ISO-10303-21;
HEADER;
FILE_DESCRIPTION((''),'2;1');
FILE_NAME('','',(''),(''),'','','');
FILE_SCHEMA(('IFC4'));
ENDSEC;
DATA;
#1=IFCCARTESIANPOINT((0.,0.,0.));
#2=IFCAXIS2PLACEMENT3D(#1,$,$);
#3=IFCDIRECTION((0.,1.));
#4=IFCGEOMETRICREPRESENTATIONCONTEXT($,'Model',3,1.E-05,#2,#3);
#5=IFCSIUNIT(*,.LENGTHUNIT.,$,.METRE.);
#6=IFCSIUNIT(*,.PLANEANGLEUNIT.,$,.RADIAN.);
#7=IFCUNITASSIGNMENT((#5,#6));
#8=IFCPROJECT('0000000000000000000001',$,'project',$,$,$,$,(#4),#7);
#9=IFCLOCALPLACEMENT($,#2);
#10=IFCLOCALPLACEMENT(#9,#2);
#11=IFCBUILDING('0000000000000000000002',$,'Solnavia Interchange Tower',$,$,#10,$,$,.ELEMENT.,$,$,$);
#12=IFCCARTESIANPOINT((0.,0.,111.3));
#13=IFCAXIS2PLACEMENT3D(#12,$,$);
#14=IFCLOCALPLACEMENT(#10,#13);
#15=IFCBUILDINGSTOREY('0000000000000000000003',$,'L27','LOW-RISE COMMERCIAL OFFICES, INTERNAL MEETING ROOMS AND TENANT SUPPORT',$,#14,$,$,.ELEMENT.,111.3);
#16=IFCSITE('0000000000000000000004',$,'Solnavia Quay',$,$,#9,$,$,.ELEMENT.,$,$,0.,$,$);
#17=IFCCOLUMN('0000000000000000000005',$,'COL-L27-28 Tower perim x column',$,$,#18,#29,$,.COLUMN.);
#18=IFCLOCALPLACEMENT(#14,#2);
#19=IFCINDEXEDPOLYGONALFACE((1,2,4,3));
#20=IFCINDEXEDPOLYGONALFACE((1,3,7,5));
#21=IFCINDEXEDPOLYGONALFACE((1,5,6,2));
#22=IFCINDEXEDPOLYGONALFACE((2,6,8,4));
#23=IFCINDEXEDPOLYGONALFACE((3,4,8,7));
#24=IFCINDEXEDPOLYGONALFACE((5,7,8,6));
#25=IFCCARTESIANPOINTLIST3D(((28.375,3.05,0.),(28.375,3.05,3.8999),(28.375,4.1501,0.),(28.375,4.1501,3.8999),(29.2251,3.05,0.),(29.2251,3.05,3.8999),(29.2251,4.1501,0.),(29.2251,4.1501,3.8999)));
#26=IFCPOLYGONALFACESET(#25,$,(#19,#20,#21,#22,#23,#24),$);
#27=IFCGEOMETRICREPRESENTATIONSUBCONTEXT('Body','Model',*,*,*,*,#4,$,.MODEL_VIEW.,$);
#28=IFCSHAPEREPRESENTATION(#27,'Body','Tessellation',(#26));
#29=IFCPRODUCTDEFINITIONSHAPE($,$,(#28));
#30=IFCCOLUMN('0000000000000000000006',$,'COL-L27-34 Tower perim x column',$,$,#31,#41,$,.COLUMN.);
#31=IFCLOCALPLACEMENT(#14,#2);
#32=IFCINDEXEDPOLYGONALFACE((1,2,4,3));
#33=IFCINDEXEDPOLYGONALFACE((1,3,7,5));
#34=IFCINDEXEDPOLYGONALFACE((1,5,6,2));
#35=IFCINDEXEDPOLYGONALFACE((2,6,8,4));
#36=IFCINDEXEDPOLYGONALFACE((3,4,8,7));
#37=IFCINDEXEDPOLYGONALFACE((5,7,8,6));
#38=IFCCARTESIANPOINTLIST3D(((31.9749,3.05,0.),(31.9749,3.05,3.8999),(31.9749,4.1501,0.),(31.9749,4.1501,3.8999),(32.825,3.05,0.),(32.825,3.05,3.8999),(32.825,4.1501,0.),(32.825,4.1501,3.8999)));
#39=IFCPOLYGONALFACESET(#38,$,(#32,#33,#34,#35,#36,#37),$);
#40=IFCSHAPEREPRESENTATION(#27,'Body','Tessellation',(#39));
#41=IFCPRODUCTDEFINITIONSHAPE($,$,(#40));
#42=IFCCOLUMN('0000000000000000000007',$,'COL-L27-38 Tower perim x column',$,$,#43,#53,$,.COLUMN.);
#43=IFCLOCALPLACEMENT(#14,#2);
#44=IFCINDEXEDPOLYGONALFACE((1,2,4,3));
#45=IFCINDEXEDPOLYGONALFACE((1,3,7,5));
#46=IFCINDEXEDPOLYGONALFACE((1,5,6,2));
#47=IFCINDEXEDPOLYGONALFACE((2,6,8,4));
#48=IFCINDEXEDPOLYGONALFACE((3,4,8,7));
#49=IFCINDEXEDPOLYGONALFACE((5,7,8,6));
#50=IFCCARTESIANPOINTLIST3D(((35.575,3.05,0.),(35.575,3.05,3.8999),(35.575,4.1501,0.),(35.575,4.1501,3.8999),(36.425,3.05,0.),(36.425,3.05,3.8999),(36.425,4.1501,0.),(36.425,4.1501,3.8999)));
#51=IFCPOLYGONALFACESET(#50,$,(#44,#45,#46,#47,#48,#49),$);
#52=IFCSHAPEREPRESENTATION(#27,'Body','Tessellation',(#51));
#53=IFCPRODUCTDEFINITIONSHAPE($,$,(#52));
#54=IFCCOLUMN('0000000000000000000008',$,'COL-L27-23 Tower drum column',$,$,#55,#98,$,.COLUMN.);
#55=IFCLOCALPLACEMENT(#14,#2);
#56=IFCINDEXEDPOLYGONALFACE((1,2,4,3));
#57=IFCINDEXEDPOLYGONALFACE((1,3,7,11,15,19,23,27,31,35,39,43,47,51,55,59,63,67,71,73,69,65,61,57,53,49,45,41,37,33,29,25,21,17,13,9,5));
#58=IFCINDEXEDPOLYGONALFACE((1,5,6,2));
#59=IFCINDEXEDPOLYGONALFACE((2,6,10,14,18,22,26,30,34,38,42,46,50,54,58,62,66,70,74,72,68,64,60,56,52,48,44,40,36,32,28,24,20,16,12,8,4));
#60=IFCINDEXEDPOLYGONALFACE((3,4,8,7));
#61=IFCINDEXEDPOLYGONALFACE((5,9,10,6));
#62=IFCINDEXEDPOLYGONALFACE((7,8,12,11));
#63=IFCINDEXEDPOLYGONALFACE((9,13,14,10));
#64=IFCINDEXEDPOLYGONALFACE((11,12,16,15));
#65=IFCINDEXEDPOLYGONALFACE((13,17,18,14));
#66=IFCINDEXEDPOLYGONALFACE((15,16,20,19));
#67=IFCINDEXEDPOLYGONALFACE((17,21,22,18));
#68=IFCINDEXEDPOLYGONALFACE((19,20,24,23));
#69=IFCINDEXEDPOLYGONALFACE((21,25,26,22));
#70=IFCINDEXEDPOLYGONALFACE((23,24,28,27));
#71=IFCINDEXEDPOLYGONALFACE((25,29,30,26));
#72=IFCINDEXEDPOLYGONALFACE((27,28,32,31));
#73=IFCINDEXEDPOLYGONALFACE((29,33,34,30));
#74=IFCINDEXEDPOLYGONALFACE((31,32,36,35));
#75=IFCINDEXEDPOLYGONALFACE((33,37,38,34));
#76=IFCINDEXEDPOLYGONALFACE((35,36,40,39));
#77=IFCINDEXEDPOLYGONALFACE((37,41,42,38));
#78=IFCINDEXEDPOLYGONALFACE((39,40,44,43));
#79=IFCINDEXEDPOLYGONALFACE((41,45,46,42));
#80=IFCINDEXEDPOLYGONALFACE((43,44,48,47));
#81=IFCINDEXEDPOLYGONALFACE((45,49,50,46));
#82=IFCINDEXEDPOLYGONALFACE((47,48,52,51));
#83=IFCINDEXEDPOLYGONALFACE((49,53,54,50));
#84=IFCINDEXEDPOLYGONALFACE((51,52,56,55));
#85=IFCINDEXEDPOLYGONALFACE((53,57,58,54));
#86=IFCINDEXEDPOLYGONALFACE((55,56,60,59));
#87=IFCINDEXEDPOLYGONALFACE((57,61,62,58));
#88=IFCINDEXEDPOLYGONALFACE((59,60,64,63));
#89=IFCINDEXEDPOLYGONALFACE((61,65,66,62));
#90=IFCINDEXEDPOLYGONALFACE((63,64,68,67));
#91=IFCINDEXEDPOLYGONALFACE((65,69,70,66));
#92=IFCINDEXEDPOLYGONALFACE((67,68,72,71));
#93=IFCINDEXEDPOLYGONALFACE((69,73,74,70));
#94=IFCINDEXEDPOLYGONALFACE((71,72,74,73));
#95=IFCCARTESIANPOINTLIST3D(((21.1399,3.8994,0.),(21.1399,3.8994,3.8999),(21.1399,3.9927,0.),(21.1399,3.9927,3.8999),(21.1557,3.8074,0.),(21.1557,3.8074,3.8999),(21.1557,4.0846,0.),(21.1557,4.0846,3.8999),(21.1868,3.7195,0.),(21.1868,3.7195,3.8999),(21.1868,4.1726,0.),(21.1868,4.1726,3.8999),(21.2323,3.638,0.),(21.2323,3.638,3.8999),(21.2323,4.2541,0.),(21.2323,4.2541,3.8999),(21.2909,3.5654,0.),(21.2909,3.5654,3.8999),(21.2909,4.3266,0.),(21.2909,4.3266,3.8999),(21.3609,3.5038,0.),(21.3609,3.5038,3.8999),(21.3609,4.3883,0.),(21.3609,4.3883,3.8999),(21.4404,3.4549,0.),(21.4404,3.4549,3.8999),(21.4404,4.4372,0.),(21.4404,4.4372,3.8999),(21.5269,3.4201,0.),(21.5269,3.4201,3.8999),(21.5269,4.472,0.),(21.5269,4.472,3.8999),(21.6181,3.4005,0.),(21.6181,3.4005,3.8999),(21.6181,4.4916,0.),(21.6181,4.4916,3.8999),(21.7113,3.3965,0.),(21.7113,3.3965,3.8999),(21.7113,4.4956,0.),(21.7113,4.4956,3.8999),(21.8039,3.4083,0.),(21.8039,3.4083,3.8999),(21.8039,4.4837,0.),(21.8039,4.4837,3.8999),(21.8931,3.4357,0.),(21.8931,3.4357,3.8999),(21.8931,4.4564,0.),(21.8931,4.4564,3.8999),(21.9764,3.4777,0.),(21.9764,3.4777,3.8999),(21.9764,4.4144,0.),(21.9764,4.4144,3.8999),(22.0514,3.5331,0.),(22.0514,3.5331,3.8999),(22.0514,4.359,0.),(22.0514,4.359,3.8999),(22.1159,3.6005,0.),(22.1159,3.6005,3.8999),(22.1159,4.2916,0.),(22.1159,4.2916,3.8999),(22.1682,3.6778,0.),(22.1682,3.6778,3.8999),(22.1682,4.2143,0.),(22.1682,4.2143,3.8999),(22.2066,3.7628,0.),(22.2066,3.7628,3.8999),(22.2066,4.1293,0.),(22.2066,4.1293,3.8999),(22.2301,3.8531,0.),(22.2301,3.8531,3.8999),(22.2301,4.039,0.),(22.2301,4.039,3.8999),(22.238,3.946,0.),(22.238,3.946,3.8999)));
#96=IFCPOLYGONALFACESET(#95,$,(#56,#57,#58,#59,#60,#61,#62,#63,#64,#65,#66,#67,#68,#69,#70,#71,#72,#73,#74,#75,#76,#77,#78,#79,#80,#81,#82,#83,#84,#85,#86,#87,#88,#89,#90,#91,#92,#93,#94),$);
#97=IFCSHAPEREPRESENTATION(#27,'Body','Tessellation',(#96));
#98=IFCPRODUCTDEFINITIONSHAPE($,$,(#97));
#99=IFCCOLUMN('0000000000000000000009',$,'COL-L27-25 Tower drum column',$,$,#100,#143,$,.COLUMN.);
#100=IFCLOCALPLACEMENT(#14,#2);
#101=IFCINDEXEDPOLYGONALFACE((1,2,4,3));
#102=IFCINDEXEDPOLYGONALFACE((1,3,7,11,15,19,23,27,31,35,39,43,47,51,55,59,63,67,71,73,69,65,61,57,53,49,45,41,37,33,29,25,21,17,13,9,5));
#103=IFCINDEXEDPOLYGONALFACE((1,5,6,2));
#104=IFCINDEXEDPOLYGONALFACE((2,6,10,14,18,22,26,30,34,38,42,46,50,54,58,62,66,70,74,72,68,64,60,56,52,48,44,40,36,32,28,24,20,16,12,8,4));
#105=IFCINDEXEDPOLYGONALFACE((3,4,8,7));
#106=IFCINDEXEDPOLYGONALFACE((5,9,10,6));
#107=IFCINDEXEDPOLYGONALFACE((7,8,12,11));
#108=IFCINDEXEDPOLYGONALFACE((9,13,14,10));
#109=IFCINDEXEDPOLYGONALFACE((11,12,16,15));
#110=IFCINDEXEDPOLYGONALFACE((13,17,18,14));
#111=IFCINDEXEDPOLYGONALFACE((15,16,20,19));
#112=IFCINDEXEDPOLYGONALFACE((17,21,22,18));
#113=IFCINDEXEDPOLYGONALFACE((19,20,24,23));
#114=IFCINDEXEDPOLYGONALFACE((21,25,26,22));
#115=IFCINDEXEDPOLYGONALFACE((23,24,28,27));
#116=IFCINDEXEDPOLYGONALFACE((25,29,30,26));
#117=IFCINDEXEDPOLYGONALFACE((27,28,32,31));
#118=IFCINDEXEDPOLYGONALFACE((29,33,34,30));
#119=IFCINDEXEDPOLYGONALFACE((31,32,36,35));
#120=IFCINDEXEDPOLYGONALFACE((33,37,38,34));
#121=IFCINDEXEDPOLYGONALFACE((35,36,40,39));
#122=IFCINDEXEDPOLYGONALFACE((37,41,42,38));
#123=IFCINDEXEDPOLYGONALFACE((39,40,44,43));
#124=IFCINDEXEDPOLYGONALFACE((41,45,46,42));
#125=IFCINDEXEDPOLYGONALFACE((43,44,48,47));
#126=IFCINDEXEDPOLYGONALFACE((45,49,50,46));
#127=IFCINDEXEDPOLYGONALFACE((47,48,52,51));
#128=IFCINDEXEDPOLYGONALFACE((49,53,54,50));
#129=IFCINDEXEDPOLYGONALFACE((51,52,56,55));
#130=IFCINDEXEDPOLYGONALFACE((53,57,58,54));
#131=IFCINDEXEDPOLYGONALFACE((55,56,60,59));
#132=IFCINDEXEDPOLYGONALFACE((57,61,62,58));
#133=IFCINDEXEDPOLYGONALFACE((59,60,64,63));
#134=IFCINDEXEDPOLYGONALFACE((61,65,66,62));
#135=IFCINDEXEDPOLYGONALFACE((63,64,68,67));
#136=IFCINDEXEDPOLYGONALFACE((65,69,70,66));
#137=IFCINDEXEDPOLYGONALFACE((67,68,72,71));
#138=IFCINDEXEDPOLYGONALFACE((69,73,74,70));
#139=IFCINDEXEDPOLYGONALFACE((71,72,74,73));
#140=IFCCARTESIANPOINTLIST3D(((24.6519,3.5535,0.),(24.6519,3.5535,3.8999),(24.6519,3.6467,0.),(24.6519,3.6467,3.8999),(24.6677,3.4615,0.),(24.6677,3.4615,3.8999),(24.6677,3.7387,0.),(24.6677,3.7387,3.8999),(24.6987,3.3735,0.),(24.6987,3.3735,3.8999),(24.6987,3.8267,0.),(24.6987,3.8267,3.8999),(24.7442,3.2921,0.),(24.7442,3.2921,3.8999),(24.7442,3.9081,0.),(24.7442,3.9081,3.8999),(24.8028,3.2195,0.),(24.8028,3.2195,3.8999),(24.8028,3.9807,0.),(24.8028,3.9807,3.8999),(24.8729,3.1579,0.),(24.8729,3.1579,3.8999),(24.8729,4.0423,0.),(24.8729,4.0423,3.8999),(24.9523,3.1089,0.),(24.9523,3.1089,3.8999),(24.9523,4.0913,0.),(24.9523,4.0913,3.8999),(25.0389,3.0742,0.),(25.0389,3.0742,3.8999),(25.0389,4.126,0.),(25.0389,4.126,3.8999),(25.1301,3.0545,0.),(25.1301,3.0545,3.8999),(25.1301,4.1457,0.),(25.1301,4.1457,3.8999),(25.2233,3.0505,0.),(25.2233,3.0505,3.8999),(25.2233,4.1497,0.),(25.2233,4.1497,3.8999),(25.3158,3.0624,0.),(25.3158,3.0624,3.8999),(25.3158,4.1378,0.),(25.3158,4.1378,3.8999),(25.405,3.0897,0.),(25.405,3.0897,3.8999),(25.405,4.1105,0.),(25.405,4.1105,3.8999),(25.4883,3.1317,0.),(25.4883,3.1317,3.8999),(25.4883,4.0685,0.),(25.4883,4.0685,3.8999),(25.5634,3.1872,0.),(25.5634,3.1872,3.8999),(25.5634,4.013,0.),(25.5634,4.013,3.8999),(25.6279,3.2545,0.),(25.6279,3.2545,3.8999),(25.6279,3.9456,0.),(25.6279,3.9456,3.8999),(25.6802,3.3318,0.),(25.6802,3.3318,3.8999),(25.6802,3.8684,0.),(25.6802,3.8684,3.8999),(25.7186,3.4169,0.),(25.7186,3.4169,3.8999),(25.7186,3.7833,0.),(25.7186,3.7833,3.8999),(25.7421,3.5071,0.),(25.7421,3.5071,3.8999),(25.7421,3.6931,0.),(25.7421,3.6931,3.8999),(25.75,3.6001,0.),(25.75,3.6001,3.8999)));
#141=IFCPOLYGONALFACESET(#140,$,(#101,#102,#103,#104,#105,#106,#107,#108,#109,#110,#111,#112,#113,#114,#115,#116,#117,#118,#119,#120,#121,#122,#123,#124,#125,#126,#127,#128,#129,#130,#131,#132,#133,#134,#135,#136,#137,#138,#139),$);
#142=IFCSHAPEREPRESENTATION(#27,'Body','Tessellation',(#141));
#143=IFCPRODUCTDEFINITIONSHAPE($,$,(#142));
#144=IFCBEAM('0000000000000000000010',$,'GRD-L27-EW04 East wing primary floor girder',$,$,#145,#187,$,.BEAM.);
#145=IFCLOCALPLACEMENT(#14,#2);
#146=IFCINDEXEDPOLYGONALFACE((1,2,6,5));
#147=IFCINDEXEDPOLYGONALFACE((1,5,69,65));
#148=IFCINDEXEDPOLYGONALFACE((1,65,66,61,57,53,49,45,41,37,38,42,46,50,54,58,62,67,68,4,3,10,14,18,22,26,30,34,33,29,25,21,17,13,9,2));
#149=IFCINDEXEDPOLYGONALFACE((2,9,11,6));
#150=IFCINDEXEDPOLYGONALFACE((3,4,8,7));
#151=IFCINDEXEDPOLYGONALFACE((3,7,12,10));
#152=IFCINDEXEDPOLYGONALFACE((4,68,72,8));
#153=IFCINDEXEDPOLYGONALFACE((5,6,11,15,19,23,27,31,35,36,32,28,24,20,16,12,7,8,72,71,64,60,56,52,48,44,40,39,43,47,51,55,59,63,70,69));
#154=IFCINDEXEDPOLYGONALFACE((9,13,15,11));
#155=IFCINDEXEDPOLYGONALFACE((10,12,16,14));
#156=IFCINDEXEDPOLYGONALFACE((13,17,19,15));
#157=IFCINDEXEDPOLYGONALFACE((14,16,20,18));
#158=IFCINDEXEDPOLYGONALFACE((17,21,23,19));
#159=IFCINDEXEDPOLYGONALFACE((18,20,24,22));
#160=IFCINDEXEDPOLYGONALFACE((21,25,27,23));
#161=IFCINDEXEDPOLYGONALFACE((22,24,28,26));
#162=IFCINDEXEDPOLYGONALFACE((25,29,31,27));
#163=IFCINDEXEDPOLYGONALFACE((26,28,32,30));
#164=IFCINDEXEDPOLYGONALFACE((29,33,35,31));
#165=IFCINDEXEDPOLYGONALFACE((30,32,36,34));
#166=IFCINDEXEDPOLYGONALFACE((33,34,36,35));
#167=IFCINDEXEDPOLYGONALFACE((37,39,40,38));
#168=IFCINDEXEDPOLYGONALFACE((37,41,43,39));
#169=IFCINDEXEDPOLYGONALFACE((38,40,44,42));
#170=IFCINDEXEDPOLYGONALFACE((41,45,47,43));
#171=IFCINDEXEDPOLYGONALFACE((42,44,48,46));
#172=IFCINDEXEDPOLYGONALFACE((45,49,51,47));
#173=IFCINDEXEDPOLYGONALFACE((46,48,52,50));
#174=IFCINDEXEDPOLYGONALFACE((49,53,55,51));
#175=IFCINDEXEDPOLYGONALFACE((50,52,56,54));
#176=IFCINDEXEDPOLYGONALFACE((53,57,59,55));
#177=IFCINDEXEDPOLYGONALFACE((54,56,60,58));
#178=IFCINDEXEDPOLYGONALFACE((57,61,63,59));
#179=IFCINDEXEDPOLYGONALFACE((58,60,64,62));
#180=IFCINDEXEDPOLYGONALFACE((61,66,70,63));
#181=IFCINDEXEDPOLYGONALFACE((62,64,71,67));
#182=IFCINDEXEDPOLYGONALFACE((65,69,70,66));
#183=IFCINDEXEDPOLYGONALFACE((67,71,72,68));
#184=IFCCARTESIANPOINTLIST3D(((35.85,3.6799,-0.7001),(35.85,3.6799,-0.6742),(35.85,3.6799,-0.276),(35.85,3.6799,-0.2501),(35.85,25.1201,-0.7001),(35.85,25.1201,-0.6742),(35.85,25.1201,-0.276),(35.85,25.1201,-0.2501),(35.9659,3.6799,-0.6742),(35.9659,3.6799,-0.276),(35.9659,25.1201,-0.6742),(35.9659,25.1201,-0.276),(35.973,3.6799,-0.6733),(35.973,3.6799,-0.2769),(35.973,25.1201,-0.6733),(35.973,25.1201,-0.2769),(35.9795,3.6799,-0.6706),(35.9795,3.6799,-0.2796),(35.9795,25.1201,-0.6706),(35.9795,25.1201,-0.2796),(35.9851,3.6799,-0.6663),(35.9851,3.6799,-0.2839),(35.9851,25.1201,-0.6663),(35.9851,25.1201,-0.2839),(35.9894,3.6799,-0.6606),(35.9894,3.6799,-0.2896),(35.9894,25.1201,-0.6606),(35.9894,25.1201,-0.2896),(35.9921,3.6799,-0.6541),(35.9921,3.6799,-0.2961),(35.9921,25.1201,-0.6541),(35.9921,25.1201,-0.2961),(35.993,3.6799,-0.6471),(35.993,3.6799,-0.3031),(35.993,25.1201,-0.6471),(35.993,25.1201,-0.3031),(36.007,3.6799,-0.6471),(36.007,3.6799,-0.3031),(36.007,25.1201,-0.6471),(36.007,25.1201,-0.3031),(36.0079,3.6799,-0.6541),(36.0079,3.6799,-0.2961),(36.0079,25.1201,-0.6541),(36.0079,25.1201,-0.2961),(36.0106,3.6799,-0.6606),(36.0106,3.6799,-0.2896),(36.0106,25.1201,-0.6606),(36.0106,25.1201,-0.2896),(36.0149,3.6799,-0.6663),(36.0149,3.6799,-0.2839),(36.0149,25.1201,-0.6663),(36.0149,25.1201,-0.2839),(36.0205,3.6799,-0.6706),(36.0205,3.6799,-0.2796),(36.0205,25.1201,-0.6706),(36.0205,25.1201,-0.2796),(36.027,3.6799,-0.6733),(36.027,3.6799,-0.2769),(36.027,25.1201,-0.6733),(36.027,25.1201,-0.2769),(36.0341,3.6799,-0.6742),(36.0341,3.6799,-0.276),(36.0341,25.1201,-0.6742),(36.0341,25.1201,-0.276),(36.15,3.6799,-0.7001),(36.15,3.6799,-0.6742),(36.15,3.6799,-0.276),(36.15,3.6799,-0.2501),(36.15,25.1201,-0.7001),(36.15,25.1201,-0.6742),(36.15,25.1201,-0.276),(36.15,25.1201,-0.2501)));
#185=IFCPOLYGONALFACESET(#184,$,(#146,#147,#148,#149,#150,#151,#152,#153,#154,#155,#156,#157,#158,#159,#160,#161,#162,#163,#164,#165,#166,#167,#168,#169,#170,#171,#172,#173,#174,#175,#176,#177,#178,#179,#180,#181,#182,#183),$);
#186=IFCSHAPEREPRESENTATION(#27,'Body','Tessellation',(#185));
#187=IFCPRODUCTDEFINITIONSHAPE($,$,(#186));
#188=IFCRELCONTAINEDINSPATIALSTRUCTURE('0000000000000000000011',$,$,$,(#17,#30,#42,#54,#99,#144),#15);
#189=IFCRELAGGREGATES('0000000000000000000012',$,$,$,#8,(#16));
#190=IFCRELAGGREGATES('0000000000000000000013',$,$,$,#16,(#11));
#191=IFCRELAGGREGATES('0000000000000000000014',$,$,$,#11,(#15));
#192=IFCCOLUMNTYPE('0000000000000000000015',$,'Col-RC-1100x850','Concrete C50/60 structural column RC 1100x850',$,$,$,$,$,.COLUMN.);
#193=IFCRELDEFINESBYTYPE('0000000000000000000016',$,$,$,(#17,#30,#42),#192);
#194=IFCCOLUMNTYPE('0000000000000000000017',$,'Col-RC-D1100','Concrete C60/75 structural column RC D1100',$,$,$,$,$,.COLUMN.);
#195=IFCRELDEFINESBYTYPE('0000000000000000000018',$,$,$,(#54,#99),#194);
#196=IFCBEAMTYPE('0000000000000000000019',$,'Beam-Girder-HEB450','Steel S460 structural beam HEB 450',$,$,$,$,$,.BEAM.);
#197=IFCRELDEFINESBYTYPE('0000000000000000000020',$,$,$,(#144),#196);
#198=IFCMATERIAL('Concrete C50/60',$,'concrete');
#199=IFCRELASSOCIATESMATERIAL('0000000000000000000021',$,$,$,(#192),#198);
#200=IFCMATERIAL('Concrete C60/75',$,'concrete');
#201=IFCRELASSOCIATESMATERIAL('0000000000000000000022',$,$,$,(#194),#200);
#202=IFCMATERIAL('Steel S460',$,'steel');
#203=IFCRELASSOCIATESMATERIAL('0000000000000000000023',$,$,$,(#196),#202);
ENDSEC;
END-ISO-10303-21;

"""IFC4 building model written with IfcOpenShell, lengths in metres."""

from ifc_helpers import new_model, si_unit, direction, frame, origin, origin_2d, place, context, subcontext, project, spatial, rectangle, circle, i_section, extrude, material, material_profile, profile_set, type_object, element, save


model = new_model("IFC4")

# Units and contexts
model_context = context("Model", 3, precision=1e-05, world=origin(), true_north=direction((0.0, 1.0)))
body_context = subcontext(model_context, "Body", "Model", "MODEL_VIEW")
ifc_project = project(units=[si_unit("LENGTHUNIT", "METRE"), si_unit("PLANEANGLEUNIT", "RADIAN")], contexts=[model_context])

# Site, building, storey
site_placement = place(None, origin())
site = spatial("IfcSite", under=ifc_project, at=site_placement, Name="Solnavia Quay", CompositionType="ELEMENT", RefElevation=0.0)
building_placement = place(site_placement, origin())
building = spatial("IfcBuilding", under=site, at=building_placement, Name="Solnavia Interchange Tower", CompositionType="ELEMENT")
storey_placement = place(building_placement, frame((0.0, 0.0, 111.3)))
storey = spatial("IfcBuildingStorey", under=building, at=storey_placement, Name="L27", Description="LOW-RISE COMMERCIAL OFFICES, INTERNAL MEETING ROOMS AND TENANT SUPPORT", CompositionType="ELEMENT", Elevation=111.3)

# Columns
ifc_material_1 = material(Name="Concrete C50/60", Category="concrete")
ifc_material_profile_1 = material_profile(ifc_material_1, rectangle(XDim=0.8501, YDim=1.1001, at=origin_2d()), Name="RC 1100x850")
ifc_profile_set_1 = profile_set([ifc_material_profile_1], Name="Concrete C50/60")
column_type_1 = type_object("IfcColumnType", Name="Col-RC-1100x850", Description="Concrete C50/60 structural column RC 1100x850", PredefinedType="COLUMN", material=ifc_profile_set_1)
for number, where, z_axis, x_axis, name in (
    (1, (28.8, 3.6001, 0.0), (0.0, 0.0, 1.0), (1.0, 0.0, 0.0), "COL-L27-28 Tower perim x column"),
    (2, (32.3999, 3.6001, 0.0), (0.0, 0.0, 1.0), (1.0, 0.0, 0.0), "COL-L27-34 Tower perim x column"),
    (3, (36.0, 3.6001, 0.0), (0.0, 0.0, 1.0), (1.0, 0.0, 0.0), "COL-L27-38 Tower perim x column"),
):
    element("IfcColumn", number, at=place(storey_placement, frame(where, z_axis=z_axis, x_axis=x_axis)), inside=storey, type_object=column_type_1, Name=name, PredefinedType="COLUMN", context=body_context, shape_type="SweptSolid", body=[
        extrude(rectangle(XDim=0.8501, YDim=1.1001, at=origin_2d()), origin(), (0.0, 0.0, 1.0), 3.8999),
    ])
ifc_material_2 = material(Name="Concrete C60/75", Category="concrete")
ifc_material_profile_2 = material_profile(ifc_material_2, circle(Radius=0.55, at=origin_2d()), Name="RC D1100")
ifc_profile_set_2 = profile_set([ifc_material_profile_2], Name="Concrete C60/75")
column_type_2 = type_object("IfcColumnType", Name="Col-RC-D1100", Description="Concrete C60/75 structural column RC D1100", PredefinedType="COLUMN", material=ifc_profile_set_2)
for number, where, z_axis, x_axis, name in (
    (4, (21.688, 3.946, 0.0), (0.0, 0.0, 1.0), (1.0, 0.0, 0.0), "COL-L27-23 Tower drum column"),
    (5, (25.2, 3.6001, 0.0), (0.0, 0.0, 1.0), (1.0, 0.0, 0.0), "COL-L27-25 Tower drum column"),
):
    element("IfcColumn", number, at=place(storey_placement, frame(where, z_axis=z_axis, x_axis=x_axis)), inside=storey, type_object=column_type_2, Name=name, PredefinedType="COLUMN", context=body_context, shape_type="SweptSolid", body=[
        extrude(circle(Radius=0.55, at=origin_2d()), origin(), (0.0, 0.0, 1.0), 3.8999),
    ])

# Beam
ifc_material_3 = material(Name="Steel S460", Category="steel")
ifc_material_profile_3 = material_profile(ifc_material_3, i_section(OverallWidth=0.3, OverallDepth=0.45, WebThickness=0.0139, FlangeThickness=0.0259, FilletRadius=0.0271, at=origin_2d()), Name="HEB 450")
ifc_profile_set_3 = profile_set([ifc_material_profile_3], Name="Steel S460")
beam_type_1 = type_object("IfcBeamType", Name="Beam-Girder-HEB450", Description="Steel S460 structural beam HEB 450", PredefinedType="BEAM", material=ifc_profile_set_3)
beam_1_placement = place(storey_placement, frame((36.0, 3.6799, -0.4751), z_axis=(0.0, 1.0, 0.0), x_axis=(-1.0, 0.0, 0.0)))
element("IfcBeam", 6, at=beam_1_placement, inside=storey, type_object=beam_type_1, Name="GRD-L27-EW04 East wing primary floor girder", PredefinedType="BEAM", context=body_context, shape_type="SweptSolid", body=[
    extrude(i_section(OverallWidth=0.3, OverallDepth=0.45, WebThickness=0.0139, FlangeThickness=0.0259, FilletRadius=0.0271, at=origin_2d()), origin(), (0.0, 0.0, 1.0), 21.4402),
])

save(model, "model.ifc")
